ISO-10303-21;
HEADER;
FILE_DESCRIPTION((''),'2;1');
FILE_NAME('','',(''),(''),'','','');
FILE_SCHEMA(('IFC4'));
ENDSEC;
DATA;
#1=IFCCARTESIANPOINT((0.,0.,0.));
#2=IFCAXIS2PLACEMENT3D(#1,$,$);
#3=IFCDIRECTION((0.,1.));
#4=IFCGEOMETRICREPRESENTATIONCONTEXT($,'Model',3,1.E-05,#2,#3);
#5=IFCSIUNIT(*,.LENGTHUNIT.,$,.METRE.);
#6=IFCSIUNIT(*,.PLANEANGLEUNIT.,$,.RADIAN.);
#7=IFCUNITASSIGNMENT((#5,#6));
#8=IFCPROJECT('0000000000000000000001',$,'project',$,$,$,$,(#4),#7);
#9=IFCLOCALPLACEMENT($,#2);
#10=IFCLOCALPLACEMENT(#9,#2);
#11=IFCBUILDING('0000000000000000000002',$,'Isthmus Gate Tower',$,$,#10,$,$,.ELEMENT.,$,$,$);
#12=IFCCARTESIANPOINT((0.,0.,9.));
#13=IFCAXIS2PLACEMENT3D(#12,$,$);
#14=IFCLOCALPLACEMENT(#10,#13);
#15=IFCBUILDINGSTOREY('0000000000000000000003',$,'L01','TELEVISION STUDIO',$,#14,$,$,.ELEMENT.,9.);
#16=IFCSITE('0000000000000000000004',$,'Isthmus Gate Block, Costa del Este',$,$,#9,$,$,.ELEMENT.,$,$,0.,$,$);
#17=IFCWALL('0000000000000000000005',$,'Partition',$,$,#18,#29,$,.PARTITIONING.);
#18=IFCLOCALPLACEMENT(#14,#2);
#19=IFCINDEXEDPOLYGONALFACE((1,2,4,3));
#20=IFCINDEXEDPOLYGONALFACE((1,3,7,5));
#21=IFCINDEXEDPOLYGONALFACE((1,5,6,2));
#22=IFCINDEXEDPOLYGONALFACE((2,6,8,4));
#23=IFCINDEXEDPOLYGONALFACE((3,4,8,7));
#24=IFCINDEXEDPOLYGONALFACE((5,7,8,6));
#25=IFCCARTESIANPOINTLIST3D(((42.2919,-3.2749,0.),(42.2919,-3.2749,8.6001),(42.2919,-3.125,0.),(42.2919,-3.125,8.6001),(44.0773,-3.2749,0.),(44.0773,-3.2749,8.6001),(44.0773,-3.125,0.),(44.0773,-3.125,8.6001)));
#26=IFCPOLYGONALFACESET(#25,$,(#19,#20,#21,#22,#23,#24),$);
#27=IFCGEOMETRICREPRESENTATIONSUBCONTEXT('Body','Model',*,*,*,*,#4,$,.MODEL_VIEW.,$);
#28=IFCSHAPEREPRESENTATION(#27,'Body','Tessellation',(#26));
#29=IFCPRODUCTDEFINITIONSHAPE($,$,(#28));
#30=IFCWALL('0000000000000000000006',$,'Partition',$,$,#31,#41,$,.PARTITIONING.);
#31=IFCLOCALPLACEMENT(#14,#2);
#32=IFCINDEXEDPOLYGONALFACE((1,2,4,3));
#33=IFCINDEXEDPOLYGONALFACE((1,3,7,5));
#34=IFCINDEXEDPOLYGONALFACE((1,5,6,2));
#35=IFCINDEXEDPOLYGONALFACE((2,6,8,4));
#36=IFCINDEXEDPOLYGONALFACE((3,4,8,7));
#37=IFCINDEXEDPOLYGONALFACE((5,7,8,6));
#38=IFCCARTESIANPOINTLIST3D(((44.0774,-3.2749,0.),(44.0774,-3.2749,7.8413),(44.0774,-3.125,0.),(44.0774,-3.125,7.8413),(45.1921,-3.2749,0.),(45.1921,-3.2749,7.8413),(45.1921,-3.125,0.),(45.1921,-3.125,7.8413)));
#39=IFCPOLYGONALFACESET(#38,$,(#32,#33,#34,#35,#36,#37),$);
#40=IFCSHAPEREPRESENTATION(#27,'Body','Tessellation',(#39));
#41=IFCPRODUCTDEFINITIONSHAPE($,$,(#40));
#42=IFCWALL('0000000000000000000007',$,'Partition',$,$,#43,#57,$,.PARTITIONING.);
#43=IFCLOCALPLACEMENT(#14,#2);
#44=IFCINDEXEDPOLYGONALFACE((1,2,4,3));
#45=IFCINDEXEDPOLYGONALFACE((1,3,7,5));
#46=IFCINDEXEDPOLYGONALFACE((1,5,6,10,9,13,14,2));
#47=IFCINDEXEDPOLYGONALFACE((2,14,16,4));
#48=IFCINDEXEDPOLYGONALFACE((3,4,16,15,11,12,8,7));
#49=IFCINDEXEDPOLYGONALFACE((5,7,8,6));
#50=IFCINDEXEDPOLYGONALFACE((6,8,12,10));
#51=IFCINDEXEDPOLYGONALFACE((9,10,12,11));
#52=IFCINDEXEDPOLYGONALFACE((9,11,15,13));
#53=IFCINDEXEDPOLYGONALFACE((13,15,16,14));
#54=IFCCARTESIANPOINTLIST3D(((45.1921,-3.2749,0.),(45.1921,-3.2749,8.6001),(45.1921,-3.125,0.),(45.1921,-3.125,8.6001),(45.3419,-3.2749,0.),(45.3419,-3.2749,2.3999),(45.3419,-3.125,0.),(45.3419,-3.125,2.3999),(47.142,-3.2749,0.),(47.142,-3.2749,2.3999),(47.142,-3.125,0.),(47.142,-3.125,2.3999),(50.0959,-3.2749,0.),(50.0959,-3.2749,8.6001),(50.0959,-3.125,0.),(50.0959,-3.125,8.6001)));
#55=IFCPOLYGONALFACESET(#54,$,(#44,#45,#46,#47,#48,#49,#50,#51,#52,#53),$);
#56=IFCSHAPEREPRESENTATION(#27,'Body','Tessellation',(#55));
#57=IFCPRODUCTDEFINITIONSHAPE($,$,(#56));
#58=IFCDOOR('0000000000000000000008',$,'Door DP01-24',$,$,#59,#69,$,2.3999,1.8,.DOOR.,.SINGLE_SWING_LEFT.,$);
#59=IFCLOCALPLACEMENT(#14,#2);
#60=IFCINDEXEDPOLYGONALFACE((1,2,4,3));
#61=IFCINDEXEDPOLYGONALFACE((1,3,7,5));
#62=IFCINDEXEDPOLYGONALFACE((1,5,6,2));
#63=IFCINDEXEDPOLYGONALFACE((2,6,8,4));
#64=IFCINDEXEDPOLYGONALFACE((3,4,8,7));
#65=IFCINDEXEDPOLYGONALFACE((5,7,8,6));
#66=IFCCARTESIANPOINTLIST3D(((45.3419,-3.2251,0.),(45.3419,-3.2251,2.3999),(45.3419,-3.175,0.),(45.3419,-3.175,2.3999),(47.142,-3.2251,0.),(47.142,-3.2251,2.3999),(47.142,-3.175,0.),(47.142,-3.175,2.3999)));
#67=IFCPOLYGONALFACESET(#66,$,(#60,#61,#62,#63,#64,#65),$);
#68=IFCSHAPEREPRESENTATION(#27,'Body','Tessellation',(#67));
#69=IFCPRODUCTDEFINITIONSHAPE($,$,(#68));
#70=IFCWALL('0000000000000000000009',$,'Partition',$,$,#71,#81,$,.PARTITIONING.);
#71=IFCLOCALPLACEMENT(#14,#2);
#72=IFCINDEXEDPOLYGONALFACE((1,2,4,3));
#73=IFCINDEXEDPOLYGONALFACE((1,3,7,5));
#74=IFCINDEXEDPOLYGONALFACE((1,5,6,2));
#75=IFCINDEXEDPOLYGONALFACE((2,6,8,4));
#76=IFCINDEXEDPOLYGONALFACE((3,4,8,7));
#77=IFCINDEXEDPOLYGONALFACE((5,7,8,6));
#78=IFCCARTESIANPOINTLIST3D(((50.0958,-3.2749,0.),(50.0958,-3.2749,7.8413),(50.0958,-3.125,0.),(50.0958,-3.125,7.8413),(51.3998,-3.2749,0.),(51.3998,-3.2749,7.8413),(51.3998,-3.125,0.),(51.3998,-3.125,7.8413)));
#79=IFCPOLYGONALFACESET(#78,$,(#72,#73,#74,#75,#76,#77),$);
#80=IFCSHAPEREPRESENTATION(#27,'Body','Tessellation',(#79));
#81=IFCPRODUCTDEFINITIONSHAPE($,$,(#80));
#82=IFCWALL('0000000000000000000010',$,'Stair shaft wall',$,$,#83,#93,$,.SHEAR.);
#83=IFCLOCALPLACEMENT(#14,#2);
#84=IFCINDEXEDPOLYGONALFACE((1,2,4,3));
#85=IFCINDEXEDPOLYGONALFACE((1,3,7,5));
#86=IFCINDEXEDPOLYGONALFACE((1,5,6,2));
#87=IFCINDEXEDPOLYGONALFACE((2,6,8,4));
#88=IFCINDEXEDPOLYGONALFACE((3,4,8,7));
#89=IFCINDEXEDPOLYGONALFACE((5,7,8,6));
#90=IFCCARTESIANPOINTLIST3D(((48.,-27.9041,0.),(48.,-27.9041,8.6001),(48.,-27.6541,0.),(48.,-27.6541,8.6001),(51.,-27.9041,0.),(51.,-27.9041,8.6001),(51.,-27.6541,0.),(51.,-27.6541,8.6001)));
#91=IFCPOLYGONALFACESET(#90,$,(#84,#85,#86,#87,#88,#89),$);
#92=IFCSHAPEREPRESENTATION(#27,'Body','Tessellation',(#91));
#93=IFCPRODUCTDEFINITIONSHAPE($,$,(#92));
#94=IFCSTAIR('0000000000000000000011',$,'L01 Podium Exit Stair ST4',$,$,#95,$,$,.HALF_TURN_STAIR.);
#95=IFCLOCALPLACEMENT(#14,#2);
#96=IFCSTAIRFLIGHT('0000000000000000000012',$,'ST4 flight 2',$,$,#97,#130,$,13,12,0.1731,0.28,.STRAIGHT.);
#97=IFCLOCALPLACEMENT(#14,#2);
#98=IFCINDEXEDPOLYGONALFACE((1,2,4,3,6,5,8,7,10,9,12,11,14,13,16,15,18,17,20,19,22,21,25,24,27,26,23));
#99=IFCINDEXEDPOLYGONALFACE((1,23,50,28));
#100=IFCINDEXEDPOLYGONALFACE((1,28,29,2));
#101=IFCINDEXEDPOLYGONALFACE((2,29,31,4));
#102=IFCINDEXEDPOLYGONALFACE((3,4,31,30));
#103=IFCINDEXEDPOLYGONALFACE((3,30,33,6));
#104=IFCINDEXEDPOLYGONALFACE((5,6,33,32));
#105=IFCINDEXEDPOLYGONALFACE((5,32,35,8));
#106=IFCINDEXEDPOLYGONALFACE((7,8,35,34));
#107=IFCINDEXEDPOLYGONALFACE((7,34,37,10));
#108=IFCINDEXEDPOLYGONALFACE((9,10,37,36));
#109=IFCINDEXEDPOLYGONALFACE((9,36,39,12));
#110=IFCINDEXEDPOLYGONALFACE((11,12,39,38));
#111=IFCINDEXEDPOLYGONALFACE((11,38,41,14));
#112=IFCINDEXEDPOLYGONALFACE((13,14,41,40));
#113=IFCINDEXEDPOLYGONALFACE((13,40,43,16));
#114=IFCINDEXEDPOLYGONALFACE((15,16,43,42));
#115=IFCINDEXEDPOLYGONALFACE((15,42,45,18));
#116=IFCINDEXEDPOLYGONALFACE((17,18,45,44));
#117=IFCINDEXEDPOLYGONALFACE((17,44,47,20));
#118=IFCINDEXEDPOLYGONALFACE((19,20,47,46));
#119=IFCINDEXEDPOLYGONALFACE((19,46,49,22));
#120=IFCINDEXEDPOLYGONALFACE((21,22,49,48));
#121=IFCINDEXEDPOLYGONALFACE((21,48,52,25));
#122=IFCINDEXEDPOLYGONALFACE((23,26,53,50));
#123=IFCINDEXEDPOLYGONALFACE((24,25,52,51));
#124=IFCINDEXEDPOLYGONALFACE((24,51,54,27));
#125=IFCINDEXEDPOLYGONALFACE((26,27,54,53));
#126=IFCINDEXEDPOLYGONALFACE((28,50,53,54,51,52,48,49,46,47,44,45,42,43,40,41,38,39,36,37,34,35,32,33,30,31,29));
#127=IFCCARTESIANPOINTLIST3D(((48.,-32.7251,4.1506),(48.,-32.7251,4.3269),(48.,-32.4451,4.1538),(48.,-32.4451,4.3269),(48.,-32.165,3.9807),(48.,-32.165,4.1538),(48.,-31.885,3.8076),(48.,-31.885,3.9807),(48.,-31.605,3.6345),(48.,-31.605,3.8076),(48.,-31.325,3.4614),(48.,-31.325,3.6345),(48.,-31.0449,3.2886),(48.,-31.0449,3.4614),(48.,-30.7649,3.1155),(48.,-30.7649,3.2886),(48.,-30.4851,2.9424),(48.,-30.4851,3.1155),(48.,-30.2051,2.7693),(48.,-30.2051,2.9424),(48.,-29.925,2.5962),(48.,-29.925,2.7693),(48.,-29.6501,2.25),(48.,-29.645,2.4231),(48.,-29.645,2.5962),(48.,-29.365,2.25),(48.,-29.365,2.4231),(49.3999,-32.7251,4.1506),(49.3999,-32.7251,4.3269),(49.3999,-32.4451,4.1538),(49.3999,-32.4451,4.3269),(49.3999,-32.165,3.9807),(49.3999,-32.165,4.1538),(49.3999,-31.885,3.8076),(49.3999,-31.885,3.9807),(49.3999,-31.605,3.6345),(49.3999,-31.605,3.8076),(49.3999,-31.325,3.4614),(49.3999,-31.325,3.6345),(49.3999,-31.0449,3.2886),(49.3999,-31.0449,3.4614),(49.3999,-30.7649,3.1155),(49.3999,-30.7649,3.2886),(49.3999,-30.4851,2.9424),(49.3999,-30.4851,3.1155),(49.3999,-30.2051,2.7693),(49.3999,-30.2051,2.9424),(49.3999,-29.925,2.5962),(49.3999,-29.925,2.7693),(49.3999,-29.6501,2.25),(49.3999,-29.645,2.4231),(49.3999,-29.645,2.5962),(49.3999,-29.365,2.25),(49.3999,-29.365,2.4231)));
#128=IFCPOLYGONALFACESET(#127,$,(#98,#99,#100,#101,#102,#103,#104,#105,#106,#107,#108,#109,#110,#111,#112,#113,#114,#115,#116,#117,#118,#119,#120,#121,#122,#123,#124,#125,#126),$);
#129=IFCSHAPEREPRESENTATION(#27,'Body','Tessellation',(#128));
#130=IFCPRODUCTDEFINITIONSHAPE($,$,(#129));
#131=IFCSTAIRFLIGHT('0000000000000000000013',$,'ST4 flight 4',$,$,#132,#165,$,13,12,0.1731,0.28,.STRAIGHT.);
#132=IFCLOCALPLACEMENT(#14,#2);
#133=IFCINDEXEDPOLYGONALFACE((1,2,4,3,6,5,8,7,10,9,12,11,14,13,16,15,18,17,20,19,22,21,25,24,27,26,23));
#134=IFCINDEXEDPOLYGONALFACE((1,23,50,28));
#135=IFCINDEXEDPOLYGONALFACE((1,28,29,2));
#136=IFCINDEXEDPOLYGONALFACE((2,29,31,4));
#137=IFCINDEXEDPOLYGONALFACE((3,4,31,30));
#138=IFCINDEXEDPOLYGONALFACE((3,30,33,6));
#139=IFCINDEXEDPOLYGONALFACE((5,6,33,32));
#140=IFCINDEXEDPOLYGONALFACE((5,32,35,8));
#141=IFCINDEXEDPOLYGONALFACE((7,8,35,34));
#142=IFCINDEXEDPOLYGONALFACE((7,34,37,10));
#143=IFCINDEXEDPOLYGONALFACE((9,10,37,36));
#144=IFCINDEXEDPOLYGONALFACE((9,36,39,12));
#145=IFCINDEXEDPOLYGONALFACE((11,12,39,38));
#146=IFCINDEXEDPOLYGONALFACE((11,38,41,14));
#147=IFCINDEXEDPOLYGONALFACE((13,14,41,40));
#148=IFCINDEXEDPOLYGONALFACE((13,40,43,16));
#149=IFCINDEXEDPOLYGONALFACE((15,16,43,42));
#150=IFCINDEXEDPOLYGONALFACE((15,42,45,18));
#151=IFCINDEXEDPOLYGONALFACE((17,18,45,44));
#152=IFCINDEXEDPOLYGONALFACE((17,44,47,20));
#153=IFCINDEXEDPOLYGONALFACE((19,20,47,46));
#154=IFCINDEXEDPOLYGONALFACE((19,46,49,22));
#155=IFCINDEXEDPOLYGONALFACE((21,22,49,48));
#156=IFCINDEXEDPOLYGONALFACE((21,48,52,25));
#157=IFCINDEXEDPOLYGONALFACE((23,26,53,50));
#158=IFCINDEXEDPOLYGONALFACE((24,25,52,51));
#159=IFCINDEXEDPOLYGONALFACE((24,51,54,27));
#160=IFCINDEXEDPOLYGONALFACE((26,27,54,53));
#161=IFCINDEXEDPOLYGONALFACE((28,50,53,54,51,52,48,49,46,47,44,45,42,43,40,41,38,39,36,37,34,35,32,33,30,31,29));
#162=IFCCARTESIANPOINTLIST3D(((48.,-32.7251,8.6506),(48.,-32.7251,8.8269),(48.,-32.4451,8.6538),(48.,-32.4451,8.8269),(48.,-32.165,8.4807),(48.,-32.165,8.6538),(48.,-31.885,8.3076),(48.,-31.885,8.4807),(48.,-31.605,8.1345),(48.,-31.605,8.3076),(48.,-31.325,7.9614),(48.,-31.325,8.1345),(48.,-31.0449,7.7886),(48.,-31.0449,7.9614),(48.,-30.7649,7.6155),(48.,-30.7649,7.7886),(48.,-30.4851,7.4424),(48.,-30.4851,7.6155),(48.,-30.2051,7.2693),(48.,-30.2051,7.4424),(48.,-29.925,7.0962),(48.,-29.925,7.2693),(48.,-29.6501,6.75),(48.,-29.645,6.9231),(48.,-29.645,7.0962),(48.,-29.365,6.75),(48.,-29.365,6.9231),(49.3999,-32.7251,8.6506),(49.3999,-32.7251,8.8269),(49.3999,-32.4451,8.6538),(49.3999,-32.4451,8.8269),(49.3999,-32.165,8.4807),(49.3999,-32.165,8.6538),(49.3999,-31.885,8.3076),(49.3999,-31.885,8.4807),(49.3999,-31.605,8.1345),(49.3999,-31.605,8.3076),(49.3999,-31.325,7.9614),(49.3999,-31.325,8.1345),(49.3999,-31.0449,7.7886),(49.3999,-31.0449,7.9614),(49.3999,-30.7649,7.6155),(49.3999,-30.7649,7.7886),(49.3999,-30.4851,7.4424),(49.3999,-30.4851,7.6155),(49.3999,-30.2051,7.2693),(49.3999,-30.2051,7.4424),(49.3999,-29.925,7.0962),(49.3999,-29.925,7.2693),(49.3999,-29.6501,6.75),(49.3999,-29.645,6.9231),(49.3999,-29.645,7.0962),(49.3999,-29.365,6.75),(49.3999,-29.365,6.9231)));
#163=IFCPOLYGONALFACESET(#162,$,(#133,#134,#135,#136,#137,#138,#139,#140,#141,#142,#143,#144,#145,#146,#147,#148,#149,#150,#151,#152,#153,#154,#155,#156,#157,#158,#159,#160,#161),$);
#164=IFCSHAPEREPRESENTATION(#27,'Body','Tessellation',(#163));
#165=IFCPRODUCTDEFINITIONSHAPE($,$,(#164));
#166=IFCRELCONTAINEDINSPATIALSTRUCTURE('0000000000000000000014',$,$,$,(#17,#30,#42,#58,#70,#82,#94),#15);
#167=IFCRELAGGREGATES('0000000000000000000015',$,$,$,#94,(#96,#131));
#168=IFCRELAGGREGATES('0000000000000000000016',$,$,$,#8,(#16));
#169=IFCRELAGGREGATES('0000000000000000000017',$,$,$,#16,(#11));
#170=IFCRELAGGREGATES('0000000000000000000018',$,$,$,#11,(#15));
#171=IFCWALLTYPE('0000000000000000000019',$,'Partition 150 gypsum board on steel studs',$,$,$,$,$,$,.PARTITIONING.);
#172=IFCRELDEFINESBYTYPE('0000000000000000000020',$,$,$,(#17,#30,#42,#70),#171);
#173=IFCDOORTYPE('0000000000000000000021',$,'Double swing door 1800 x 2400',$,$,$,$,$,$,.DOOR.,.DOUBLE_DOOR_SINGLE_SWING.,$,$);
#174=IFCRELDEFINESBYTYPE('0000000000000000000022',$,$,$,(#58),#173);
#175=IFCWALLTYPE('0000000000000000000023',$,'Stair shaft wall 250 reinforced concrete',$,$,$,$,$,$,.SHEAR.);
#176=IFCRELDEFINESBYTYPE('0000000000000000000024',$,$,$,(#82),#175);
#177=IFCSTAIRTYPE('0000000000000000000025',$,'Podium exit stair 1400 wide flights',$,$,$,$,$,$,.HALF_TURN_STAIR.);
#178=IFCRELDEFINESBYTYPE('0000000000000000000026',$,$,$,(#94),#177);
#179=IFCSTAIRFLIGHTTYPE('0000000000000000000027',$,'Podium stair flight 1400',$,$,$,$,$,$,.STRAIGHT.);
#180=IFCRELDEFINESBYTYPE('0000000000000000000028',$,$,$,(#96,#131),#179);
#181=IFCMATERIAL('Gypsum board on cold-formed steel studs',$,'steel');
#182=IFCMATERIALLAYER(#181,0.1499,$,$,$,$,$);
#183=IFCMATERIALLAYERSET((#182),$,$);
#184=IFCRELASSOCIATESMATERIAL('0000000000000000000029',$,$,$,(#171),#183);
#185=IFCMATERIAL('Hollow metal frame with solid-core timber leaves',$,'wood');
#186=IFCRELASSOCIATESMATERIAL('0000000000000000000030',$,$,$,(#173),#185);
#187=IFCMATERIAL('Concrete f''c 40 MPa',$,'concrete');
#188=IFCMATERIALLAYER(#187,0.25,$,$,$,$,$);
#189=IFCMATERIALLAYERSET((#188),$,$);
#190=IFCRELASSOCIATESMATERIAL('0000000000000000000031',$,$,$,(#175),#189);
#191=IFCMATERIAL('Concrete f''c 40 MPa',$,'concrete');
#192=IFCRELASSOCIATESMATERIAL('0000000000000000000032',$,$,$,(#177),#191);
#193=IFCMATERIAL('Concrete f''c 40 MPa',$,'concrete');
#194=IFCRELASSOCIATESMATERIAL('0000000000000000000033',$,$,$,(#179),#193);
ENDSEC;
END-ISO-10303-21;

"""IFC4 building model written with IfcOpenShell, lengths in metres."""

from ifc_helpers import new_model, si_unit, direction, frame, frame_2d, origin, place, context, subcontext, project, spatial, polyline, rectangle, outline, extrude, material, layer, layer_set, type_object, element, fill, aggregate, save


model = new_model("IFC4")

# Units and contexts
model_context = context("Model", 3, precision=1e-05, world=origin(), true_north=direction((0.0, 1.0)))
body_context = subcontext(model_context, "Body", "Model", "MODEL_VIEW")
ifc_project = project(units=[si_unit("LENGTHUNIT", "METRE"), si_unit("PLANEANGLEUNIT", "RADIAN")], contexts=[model_context])

# Site, building, storey
site_placement = place(None, origin())
site = spatial("IfcSite", under=ifc_project, at=site_placement, Name="Isthmus Gate Block, Costa del Este", CompositionType="ELEMENT", RefElevation=0.0)
building_placement = place(site_placement, origin())
building = spatial("IfcBuilding", under=site, at=building_placement, Name="Isthmus Gate Tower", CompositionType="ELEMENT")
storey_placement = place(building_placement, frame((0.0, 0.0, 9.0)))
storey = spatial("IfcBuildingStorey", under=building, at=storey_placement, Name="L01", Description="TELEVISION STUDIO", CompositionType="ELEMENT", Elevation=9.0)

# Shared definitions
ifc_material_1 = material(Name="Gypsum board on cold-formed steel studs", Category="steel")
ifc_layer_1 = layer(ifc_material_1, 0.1499)
ifc_layer_set_1 = layer_set([ifc_layer_1])
wall_type_1 = type_object("IfcWallType", Name="Partition 150 gypsum board on steel studs", PredefinedType="PARTITIONING", material=ifc_layer_set_1)
ifc_material_2 = material(Name="Hollow metal frame with solid-core timber leaves", Category="wood")
door_type = type_object("IfcDoorType", Name="Double swing door 1800 x 2400", OperationType="DOUBLE_DOOR_SINGLE_SWING", PredefinedType="DOOR", material=ifc_material_2)

# Walls
wall_1_placement = place(storey_placement, frame((42.292, -3.2, 0.0), z_axis=(0.0, 0.0, 1.0), x_axis=(1.0, 0.0, 0.0)))
element("IfcWall", 1, at=wall_1_placement, inside=storey, type_object=wall_type_1, Name="Partition", PredefinedType="PARTITIONING", context=body_context, shape_type="SweptSolid", body=[
    extrude(rectangle(XDim=1.7854, YDim=0.1499, at=frame_2d((0.8926, 0.0))), origin(), (0.0, 0.0, 1.0), 8.6001),
])
wall_2_placement = place(storey_placement, frame((44.0774, -3.2, 0.0), z_axis=(0.0, 0.0, 1.0), x_axis=(1.0, 0.0, 0.0)))
element("IfcWall", 2, at=wall_2_placement, inside=storey, type_object=wall_type_1, Name="Partition", PredefinedType="PARTITIONING", context=body_context, shape_type="SweptSolid", body=[
    extrude(rectangle(XDim=1.1147, YDim=0.1499, at=frame_2d((0.5574, 0.0))), origin(), (0.0, 0.0, 1.0), 7.8413),
])

# Wall, opening, door
wall_3_placement = place(storey_placement, frame((45.1921, -3.2, 0.0), z_axis=(0.0, 0.0, 1.0), x_axis=(1.0, 0.0, 0.0)))
wall_3 = element("IfcWall", 3, at=wall_3_placement, inside=storey, type_object=wall_type_1, Name="Partition", PredefinedType="PARTITIONING", context=body_context, shape_type="SweptSolid", body=[
    extrude(rectangle(XDim=4.9038, YDim=0.1499, at=frame_2d((2.4519, 0.0))), origin(), (0.0, 0.0, 1.0), 8.6001),
])
opening_1_placement = place(wall_3_placement, frame((0.1499, 0.0, 0.0)))
opening_1 = element("IfcOpeningElement", 4, at=opening_1_placement, cuts=wall_3, PredefinedType="OPENING", context=body_context, shape_type="SweptSolid", body=[
    extrude(rectangle(XDim=1.8, YDim=2.3999, at=frame_2d((0.8999, 1.2))), frame((0.0, 0.085, 0.0), z_axis=(0.0, -1.0, 0.0), x_axis=(1.0, 0.0, 0.0)), (0.0, 0.0, 1.0), 0.1699),
])
door_1_placement = place(opening_1_placement, origin())
door_1 = element("IfcDoor", 5, at=door_1_placement, inside=storey, type_object=door_type, Name="Door DP01-24", OperationType="SINGLE_SWING_LEFT", OverallHeight=2.3999, OverallWidth=1.8, PredefinedType="DOOR", context=body_context, shape_type="SweptSolid", body=[
    extrude(rectangle(XDim=1.8, YDim=2.3999, at=frame_2d((0.8999, 1.2))), frame((0.0, 0.0249, 0.0), z_axis=(0.0, -1.0, 0.0), x_axis=(1.0, 0.0, 0.0)), (0.0, 0.0, 1.0), 0.05),
])
fill(opening_1, door_1)

# Walls
wall_4_placement = place(storey_placement, frame((50.0959, -3.2, 0.0), z_axis=(0.0, 0.0, 1.0), x_axis=(1.0, 0.0, 0.0)))
element("IfcWall", 6, at=wall_4_placement, inside=storey, type_object=wall_type_1, Name="Partition", PredefinedType="PARTITIONING", context=body_context, shape_type="SweptSolid", body=[
    extrude(rectangle(XDim=1.304, YDim=0.1499, at=frame_2d((0.6519, 0.0))), origin(), (0.0, 0.0, 1.0), 7.8413),
])
ifc_material_3 = material(Name="Concrete f'c 40 MPa", Category="concrete")
ifc_layer_2 = layer(ifc_material_3, 0.25)
ifc_layer_set_2 = layer_set([ifc_layer_2])
wall_type_2 = type_object("IfcWallType", Name="Stair shaft wall 250 reinforced concrete", PredefinedType="SHEAR", material=ifc_layer_set_2)
wall_5_placement = place(storey_placement, frame((48.0, -27.7791, 0.0), z_axis=(0.0, 0.0, 1.0), x_axis=(1.0, 0.0, 0.0)))
element("IfcWall", 7, at=wall_5_placement, inside=storey, type_object=wall_type_2, Name="Stair shaft wall", PredefinedType="SHEAR", context=body_context, shape_type="SweptSolid", body=[
    extrude(rectangle(XDim=3.0, YDim=0.25, at=frame_2d((1.5, 0.0))), origin(), (0.0, 0.0, 1.0), 8.6001),
])

# Stair, stair flights
ifc_material_4 = material(Name="Concrete f'c 40 MPa", Category="concrete")
stair_type = type_object("IfcStairType", Name="Podium exit stair 1400 wide flights", PredefinedType="HALF_TURN_STAIR", material=ifc_material_4)
stair_placement = place(storey_placement, origin())
stair = element("IfcStair", 8, at=stair_placement, inside=storey, type_object=stair_type, Name="L01 Podium Exit Stair ST4", PredefinedType="HALF_TURN_STAIR")
ifc_material_5 = material(Name="Concrete f'c 40 MPa", Category="concrete")
stair_flight_type = type_object("IfcStairFlightType", Name="Podium stair flight 1400", PredefinedType="STRAIGHT", material=ifc_material_5)
stair_flight_1_placement = place(storey_placement, frame((48.7, -29.365, 2.25), z_axis=(0.0, 0.0, 1.0), x_axis=(0.0, -1.0, 0.0)))
stair_flight_1 = element("IfcStairFlight", 9, at=stair_flight_1_placement, type_object=stair_flight_type, Name="ST4 flight 2", NumberOfRisers=13, NumberOfTreads=12, PredefinedType="STRAIGHT", RiserHeight=0.1731, TreadLength=0.28, context=body_context, shape_type="SweptSolid", body=[
    extrude(outline(polyline([(0.0, 0.0), (0.0, 0.1731), (0.28, 0.1731), (0.28, 0.3462), (0.5601, 0.3462), (0.5601, 0.5193), (0.8401, 0.5193), (0.8401, 0.6924), (1.1201, 0.6924), (1.1201, 0.8655), (1.3999, 0.8655), (1.3999, 1.0386), (1.6799, 1.0386), (1.6799, 1.2114), (1.96, 1.2114), (1.96, 1.3845), (2.24, 1.3845), (2.24, 1.5576), (2.52, 1.5576), (2.52, 1.7307), (2.8, 1.7307), (2.8, 1.9038), (3.0801, 1.9038), (3.0801, 2.0769), (3.3601, 2.0769), (3.3601, 2.25), (3.3601, 1.9006), (0.2852, 0.0), (0.0, 0.0)])), frame((0.0, 0.7, 0.0), z_axis=(0.0, -1.0, 0.0), x_axis=(1.0, 0.0, 0.0)), (0.0, 0.0, 1.0), 1.3999),
])
stair_flight_2_placement = place(storey_placement, frame((48.7, -29.365, 6.75), z_axis=(0.0, 0.0, 1.0), x_axis=(0.0, -1.0, 0.0)))
stair_flight_2 = element("IfcStairFlight", 10, at=stair_flight_2_placement, type_object=stair_flight_type, Name="ST4 flight 4", NumberOfRisers=13, NumberOfTreads=12, PredefinedType="STRAIGHT", RiserHeight=0.1731, TreadLength=0.28, context=body_context, shape_type="SweptSolid", body=[
    extrude(outline(polyline([(0.0, 0.0), (0.0, 0.1731), (0.28, 0.1731), (0.28, 0.3462), (0.5601, 0.3462), (0.5601, 0.5193), (0.8401, 0.5193), (0.8401, 0.6924), (1.1201, 0.6924), (1.1201, 0.8655), (1.3999, 0.8655), (1.3999, 1.0386), (1.6799, 1.0386), (1.6799, 1.2114), (1.96, 1.2114), (1.96, 1.3845), (2.24, 1.3845), (2.24, 1.5576), (2.52, 1.5576), (2.52, 1.7307), (2.8, 1.7307), (2.8, 1.9038), (3.0801, 1.9038), (3.0801, 2.0769), (3.3601, 2.0769), (3.3601, 2.25), (3.3601, 1.9006), (0.2852, 0.0), (0.0, 0.0)])), frame((0.0, 0.7, 0.0), z_axis=(0.0, -1.0, 0.0), x_axis=(1.0, 0.0, 0.0)), (0.0, 0.0, 1.0), 1.3999),
])
aggregate(stair, [stair_flight_1, stair_flight_2])

save(model, "model.ifc")
